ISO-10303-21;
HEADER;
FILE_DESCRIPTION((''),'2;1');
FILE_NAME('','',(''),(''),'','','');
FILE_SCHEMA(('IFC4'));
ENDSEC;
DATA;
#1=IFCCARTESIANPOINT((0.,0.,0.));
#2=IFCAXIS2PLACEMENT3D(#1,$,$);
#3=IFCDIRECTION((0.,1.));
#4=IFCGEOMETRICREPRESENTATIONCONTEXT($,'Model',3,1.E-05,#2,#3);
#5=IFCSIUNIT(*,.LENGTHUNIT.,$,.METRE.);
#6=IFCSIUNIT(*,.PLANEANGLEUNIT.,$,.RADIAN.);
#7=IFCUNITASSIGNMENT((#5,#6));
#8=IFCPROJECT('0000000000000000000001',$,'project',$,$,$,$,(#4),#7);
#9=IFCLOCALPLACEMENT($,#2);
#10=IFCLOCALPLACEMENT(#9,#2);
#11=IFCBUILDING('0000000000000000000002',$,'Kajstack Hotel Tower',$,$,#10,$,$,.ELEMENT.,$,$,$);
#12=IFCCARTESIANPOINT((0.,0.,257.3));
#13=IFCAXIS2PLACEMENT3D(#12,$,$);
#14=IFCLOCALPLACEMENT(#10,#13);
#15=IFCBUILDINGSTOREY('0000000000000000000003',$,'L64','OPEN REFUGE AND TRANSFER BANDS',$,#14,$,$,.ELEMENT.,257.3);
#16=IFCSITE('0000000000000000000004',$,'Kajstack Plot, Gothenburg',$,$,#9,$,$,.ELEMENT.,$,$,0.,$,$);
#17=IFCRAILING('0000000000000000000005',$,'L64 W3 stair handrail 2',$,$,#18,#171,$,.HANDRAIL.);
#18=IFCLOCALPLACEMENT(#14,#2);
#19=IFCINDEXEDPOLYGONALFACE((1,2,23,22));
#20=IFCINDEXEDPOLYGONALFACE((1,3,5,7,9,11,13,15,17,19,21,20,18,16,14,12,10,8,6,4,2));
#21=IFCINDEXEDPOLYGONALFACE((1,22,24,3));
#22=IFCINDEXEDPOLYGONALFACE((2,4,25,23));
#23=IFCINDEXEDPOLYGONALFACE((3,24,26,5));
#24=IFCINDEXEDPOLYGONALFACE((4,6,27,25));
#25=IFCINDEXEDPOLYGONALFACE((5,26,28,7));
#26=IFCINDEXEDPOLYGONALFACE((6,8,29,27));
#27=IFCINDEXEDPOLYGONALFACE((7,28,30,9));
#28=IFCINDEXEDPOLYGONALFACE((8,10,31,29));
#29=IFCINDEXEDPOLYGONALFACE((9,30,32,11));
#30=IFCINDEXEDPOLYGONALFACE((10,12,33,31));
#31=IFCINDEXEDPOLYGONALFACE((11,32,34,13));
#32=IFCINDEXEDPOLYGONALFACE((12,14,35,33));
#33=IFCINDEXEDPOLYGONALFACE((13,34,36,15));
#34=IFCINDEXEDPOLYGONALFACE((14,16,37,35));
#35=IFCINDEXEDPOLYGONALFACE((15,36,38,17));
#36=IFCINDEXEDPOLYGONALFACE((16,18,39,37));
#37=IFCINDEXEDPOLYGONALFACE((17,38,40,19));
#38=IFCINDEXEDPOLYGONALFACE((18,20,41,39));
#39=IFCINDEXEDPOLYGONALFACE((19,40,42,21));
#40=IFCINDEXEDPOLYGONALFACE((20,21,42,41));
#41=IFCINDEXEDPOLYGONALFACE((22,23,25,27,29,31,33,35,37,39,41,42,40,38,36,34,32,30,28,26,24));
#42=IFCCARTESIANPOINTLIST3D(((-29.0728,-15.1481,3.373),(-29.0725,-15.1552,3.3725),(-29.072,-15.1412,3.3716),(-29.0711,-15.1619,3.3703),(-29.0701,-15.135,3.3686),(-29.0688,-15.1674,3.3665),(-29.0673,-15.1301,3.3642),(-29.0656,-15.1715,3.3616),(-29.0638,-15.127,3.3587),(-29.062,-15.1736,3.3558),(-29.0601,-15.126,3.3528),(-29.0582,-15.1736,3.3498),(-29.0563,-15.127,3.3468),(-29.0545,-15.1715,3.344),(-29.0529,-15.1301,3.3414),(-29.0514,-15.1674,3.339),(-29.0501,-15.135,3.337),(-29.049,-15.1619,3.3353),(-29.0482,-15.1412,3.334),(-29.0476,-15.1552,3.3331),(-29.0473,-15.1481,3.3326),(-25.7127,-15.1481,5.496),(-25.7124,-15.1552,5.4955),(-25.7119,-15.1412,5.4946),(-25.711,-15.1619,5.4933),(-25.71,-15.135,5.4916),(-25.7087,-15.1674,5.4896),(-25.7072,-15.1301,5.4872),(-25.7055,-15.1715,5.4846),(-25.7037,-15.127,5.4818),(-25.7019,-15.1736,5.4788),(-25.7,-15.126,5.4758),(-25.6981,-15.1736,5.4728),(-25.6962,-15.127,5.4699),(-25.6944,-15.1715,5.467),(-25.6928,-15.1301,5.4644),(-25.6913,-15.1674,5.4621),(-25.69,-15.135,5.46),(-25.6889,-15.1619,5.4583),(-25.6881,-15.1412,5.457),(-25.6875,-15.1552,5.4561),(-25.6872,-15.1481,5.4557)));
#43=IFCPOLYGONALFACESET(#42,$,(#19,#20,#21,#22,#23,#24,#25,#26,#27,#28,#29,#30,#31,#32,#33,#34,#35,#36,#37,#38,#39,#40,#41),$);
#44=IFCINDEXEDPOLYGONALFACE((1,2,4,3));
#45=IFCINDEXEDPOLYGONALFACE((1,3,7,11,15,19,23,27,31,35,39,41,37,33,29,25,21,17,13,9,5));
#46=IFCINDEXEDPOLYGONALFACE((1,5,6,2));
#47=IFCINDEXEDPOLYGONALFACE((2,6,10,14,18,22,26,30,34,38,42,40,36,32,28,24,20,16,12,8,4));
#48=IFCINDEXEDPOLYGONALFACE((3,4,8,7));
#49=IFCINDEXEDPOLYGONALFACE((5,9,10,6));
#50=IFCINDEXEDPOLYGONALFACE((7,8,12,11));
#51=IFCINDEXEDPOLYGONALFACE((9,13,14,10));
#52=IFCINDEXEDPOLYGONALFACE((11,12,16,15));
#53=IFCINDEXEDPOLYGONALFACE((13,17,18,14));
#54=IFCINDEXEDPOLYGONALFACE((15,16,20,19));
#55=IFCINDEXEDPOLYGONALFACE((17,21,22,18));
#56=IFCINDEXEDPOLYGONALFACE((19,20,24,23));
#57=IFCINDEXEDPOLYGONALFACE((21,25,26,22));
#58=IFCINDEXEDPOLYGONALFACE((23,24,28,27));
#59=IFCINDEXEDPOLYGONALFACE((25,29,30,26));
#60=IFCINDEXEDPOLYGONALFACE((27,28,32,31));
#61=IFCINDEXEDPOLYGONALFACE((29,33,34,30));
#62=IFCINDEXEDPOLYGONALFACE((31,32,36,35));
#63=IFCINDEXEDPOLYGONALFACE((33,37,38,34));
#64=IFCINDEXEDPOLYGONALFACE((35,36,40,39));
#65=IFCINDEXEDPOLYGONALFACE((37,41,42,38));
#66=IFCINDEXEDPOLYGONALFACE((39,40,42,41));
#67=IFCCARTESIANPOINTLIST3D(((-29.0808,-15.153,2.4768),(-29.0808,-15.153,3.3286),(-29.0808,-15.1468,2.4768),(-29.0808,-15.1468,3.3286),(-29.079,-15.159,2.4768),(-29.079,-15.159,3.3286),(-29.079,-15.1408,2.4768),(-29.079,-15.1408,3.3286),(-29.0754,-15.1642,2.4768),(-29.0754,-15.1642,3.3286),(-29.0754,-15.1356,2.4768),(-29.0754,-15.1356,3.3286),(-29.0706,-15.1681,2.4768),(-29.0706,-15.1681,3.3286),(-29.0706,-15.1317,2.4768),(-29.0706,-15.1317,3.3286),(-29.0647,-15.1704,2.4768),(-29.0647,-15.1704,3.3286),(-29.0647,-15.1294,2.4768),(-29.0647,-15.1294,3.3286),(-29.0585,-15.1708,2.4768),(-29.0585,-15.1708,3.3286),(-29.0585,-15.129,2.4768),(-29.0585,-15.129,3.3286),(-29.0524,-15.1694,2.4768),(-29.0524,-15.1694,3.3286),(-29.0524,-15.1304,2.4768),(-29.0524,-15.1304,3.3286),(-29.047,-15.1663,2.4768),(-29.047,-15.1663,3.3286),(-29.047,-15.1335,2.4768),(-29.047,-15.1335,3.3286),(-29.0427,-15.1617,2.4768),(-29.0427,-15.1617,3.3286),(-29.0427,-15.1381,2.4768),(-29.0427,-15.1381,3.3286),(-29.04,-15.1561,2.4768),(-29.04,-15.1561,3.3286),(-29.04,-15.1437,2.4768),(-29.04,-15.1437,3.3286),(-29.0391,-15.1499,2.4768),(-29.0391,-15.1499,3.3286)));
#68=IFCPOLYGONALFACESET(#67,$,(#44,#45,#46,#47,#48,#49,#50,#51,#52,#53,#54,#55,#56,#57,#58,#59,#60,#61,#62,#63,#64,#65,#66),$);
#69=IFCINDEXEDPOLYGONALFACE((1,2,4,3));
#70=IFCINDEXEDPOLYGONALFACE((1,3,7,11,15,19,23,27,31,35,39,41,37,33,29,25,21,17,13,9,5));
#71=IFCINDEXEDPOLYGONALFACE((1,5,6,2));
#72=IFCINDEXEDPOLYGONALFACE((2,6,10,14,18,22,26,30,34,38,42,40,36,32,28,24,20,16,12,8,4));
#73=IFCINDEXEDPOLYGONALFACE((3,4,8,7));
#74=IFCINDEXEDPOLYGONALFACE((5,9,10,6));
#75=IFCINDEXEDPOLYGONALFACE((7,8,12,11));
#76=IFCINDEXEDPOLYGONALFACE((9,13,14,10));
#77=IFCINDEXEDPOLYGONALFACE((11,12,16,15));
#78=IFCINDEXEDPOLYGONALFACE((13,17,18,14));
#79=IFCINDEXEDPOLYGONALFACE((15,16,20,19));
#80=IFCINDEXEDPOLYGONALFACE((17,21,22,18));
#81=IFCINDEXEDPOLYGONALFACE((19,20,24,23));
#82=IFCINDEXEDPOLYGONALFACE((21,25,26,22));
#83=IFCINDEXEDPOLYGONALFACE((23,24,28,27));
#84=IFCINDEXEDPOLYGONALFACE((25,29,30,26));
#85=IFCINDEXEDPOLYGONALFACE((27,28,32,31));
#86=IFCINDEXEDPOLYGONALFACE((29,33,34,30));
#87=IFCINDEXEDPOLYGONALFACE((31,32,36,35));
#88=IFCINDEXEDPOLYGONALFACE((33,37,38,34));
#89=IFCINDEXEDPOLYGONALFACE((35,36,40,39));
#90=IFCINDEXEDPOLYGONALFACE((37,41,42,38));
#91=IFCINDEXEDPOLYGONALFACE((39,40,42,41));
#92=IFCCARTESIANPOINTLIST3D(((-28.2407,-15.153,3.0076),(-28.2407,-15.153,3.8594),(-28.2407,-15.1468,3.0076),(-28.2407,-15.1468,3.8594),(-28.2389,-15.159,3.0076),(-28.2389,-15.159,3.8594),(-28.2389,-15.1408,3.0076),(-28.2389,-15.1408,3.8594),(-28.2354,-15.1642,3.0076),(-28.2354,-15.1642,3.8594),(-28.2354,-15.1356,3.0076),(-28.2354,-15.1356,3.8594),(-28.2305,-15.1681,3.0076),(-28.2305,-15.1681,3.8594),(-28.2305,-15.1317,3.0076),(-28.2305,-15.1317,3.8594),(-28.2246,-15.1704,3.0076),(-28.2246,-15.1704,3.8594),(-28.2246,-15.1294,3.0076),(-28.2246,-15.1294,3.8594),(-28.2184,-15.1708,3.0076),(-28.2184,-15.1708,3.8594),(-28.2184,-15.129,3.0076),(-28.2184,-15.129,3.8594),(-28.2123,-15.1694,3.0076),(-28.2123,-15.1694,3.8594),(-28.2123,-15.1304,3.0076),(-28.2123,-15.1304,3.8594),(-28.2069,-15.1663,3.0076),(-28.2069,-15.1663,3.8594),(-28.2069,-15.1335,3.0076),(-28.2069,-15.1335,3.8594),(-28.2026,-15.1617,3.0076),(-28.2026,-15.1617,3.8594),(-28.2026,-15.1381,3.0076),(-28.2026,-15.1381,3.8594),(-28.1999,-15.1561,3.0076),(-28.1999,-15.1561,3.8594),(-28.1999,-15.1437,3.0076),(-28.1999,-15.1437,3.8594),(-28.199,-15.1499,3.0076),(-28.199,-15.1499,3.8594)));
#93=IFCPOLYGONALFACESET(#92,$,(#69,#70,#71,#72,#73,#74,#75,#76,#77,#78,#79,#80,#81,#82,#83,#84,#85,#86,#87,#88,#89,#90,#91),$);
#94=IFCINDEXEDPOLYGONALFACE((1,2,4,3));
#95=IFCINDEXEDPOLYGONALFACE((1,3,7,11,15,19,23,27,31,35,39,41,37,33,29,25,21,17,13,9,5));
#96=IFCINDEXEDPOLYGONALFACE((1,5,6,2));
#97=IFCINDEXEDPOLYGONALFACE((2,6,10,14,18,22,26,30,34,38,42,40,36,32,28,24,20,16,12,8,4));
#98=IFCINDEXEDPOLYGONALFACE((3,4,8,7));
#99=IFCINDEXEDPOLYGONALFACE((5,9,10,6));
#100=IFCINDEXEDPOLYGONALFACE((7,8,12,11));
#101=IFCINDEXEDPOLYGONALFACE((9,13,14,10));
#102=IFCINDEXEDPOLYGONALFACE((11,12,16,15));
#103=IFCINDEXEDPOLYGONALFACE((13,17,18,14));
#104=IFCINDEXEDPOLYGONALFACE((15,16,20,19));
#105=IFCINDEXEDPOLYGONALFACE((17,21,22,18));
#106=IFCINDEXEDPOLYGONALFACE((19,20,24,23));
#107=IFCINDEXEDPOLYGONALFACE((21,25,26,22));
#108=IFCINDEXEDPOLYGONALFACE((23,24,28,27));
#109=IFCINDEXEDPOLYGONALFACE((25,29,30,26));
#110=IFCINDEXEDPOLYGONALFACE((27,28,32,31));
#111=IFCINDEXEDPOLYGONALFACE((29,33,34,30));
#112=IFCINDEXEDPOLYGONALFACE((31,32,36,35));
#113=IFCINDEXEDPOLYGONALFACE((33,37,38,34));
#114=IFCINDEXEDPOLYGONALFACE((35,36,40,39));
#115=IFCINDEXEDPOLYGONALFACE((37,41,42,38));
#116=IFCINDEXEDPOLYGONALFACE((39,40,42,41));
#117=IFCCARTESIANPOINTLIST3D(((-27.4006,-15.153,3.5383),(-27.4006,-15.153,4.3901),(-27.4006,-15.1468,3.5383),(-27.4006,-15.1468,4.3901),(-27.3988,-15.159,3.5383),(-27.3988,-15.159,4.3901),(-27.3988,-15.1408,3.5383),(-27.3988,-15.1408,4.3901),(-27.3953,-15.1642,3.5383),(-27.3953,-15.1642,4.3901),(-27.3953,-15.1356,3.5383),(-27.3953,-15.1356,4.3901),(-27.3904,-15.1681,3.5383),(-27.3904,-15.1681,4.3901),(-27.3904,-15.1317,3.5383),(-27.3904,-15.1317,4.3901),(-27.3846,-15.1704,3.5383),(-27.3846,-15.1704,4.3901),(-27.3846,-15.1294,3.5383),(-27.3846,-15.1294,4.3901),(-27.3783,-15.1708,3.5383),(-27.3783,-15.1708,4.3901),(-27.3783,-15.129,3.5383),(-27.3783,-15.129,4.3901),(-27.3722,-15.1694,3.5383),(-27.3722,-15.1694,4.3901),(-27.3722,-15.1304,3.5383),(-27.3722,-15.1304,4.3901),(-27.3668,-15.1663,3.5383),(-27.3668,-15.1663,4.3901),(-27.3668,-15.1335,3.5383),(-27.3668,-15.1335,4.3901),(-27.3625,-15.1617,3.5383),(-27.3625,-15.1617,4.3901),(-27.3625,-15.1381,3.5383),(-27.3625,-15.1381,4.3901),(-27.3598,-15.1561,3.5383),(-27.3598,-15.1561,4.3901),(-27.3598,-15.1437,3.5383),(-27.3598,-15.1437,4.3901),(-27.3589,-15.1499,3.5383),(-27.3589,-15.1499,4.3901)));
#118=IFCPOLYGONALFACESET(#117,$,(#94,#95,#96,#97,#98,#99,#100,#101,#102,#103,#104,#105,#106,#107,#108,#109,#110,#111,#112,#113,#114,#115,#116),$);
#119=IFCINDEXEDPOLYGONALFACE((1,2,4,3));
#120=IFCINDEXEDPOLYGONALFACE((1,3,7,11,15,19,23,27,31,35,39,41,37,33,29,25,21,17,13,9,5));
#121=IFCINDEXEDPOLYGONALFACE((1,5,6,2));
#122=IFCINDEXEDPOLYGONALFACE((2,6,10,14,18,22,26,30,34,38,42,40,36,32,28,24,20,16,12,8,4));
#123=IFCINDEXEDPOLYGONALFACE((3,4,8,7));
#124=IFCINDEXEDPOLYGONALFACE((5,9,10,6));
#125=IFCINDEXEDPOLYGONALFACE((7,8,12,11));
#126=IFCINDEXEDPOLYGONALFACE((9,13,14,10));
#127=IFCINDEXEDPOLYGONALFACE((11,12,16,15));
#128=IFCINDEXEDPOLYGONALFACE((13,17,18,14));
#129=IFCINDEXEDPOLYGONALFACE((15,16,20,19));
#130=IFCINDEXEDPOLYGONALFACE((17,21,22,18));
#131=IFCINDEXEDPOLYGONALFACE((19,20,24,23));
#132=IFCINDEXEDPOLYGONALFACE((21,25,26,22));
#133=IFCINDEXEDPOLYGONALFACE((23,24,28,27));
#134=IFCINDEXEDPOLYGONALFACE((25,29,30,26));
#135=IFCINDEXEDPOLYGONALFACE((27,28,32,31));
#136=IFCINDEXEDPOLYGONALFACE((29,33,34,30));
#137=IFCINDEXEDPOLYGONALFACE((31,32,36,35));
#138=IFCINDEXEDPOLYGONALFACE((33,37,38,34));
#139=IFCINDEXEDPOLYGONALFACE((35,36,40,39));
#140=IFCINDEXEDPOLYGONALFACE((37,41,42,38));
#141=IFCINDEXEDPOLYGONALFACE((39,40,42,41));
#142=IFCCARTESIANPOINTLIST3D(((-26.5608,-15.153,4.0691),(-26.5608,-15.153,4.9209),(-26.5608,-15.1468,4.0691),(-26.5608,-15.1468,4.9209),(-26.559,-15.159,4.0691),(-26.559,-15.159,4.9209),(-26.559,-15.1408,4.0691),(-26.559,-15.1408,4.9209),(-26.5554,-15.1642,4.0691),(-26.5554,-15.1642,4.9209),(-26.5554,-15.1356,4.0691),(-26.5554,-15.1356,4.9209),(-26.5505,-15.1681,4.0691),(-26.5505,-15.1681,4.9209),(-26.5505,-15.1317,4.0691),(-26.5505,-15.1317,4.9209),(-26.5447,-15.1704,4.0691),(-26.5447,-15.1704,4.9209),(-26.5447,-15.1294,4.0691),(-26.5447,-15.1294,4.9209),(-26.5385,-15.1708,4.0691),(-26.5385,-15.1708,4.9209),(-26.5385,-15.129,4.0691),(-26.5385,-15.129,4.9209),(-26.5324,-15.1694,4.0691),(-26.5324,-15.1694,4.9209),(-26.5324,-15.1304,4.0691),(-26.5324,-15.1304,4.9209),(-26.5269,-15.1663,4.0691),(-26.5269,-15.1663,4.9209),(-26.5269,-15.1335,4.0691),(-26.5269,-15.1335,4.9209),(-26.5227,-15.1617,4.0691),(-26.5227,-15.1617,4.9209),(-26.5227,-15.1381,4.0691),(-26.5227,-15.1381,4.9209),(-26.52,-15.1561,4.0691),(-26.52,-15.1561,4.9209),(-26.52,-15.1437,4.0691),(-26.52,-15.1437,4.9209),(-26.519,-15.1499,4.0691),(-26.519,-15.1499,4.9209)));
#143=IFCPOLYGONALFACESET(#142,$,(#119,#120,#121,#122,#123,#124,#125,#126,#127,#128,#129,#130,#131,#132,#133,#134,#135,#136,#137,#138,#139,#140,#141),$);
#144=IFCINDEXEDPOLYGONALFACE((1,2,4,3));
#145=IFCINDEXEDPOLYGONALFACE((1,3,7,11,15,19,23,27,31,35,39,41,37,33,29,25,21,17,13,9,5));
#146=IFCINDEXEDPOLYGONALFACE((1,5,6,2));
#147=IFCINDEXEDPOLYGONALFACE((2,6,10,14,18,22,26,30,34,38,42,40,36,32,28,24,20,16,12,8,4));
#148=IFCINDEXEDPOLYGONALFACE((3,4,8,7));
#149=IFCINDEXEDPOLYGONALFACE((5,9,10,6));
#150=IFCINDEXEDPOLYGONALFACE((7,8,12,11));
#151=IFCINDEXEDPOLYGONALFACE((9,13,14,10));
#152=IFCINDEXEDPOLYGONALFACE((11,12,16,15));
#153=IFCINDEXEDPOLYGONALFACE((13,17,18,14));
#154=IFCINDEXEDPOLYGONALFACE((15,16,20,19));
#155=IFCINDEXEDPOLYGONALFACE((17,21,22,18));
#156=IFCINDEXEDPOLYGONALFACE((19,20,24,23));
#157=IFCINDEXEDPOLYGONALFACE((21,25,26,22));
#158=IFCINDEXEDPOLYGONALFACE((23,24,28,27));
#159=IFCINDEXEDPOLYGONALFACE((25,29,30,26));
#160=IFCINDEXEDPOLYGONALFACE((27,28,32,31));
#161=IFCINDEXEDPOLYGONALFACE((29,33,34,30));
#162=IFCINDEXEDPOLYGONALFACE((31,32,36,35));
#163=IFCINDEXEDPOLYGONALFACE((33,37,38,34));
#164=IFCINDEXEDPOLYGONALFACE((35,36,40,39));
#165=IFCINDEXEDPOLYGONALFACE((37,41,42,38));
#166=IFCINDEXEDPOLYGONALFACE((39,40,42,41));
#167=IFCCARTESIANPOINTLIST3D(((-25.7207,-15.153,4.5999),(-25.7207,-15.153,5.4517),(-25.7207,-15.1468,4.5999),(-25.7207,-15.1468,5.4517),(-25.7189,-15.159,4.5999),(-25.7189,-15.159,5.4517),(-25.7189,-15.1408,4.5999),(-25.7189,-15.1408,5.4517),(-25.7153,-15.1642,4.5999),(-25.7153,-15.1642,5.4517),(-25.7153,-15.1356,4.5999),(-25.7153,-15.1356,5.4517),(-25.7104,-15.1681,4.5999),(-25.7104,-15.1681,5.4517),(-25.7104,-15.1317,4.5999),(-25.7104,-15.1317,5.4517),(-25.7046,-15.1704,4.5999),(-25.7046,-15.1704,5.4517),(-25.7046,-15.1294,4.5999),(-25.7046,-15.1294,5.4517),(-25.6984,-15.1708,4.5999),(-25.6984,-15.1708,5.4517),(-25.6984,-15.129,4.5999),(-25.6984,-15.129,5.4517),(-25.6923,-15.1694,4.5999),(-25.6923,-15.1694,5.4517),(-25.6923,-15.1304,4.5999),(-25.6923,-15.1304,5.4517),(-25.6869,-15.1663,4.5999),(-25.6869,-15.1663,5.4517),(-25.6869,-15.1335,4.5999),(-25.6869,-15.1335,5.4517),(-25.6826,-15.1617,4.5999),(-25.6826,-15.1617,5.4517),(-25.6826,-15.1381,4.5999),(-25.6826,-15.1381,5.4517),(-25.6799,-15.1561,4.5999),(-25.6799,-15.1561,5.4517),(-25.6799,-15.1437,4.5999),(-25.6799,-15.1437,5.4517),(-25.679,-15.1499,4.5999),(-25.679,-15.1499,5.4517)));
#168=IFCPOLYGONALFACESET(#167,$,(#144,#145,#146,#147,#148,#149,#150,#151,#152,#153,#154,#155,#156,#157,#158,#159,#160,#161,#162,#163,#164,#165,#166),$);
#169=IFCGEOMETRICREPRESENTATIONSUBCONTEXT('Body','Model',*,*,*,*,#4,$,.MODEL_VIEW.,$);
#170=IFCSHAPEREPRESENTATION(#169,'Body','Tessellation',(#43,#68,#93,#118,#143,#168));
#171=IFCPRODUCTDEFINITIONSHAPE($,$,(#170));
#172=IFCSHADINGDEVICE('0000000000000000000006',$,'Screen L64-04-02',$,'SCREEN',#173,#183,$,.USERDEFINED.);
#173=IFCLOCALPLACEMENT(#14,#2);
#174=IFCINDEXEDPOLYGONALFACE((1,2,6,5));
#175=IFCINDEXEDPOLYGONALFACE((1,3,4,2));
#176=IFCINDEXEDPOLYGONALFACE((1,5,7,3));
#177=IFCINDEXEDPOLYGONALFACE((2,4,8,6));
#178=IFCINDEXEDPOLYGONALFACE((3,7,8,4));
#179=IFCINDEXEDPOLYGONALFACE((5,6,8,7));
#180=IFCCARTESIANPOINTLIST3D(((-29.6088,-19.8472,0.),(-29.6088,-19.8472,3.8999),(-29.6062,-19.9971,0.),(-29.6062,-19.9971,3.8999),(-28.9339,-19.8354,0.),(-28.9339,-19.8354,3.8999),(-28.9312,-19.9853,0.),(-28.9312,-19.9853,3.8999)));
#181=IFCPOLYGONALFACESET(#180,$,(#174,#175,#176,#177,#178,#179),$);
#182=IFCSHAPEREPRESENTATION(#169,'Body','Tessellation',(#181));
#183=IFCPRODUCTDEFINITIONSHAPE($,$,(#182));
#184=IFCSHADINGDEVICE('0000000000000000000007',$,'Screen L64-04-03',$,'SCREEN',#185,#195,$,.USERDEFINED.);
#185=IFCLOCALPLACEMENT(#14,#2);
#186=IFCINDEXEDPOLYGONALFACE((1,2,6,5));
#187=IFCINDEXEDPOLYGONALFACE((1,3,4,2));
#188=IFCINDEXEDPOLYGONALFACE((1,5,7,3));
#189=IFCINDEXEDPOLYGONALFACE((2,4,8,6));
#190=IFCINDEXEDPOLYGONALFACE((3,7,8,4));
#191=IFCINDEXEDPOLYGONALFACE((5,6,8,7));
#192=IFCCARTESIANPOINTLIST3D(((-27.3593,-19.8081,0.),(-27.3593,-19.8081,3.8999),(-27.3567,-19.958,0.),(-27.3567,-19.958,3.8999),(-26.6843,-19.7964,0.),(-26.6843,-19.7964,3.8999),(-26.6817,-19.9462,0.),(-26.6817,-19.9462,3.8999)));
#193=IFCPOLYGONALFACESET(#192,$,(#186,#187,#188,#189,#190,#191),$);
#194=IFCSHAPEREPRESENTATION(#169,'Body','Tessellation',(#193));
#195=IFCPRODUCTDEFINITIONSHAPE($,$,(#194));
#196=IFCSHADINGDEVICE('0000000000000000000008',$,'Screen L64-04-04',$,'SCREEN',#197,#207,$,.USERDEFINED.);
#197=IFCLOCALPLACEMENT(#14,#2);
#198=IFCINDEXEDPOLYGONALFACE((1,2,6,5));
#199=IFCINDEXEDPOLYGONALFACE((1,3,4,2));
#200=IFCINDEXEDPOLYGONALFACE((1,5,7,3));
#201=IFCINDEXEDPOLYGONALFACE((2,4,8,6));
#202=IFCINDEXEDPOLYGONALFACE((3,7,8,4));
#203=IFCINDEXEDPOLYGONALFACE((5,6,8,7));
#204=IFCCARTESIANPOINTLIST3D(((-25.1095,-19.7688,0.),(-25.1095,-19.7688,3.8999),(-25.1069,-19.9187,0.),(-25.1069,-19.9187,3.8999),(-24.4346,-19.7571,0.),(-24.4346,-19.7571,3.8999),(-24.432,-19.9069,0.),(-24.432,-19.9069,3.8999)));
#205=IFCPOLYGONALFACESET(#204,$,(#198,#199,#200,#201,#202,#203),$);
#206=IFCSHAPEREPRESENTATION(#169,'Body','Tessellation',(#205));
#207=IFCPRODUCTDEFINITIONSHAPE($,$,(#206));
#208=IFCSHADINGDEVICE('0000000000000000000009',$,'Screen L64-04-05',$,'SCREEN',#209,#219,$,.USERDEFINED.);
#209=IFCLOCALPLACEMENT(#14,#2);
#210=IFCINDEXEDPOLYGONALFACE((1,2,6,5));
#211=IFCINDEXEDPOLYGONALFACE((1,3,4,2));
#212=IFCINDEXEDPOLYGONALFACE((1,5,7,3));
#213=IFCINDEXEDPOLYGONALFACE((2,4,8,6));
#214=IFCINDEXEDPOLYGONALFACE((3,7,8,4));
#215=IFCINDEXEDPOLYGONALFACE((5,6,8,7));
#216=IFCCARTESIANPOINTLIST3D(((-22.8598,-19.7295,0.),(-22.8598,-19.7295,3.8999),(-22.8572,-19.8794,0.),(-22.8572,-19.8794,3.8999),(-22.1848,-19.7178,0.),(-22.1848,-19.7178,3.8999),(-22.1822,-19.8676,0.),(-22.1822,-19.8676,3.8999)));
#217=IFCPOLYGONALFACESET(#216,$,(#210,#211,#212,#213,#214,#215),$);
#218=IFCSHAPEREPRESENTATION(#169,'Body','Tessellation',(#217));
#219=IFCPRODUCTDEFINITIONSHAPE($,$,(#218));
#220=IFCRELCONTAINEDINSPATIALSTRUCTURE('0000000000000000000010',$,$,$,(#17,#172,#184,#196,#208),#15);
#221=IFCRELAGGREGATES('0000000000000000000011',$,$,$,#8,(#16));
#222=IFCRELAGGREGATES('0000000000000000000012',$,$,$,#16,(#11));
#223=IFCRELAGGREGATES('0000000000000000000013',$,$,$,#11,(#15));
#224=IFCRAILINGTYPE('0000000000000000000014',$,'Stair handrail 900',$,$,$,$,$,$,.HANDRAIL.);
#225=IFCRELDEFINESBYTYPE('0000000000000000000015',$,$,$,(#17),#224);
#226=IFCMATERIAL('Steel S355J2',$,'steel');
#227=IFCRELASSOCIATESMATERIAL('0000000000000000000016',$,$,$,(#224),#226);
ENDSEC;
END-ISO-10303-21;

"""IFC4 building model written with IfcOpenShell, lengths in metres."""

from ifc_helpers import new_model, si_unit, direction, frame, origin, origin_2d, place, context, subcontext, project, spatial, rectangle, circle, extrude, material, type_object, element, save


model = new_model("IFC4")

# Units and contexts
model_context = context("Model", 3, precision=1e-05, world=origin(), true_north=direction((0.0, 1.0)))
body_context = subcontext(model_context, "Body", "Model", "MODEL_VIEW")
ifc_project = project(units=[si_unit("LENGTHUNIT", "METRE"), si_unit("PLANEANGLEUNIT", "RADIAN")], contexts=[model_context])

# Site, building, storey
site_placement = place(None, origin())
site = spatial("IfcSite", under=ifc_project, at=site_placement, Name="Kajstack Plot, Gothenburg", CompositionType="ELEMENT", RefElevation=0.0)
building_placement = place(site_placement, origin())
building = spatial("IfcBuilding", under=site, at=building_placement, Name="Kajstack Hotel Tower", CompositionType="ELEMENT")
storey_placement = place(building_placement, frame((0.0, 0.0, 257.3)))
storey = spatial("IfcBuildingStorey", under=building, at=storey_placement, Name="L64", Description="OPEN REFUGE AND TRANSFER BANDS", CompositionType="ELEMENT", Elevation=257.3)

# Railing
ifc_material_1 = material(Name="Steel S355J2", Category="steel")
railing_type_1 = type_object("IfcRailingType", Name="Stair handrail 900", PredefinedType="HANDRAIL", material=ifc_material_1)
railing_1_placement = place(storey_placement, frame((-29.0601, -15.1499, 2.4768)))
element("IfcRailing", 1, at=railing_1_placement, inside=storey, type_object=railing_type_1, Name="L64 W3 stair handrail 2", PredefinedType="HANDRAIL", context=body_context, shape_type="SweptSolid", body=[
    extrude(circle(Radius=0.0239, at=origin_2d()), frame((0.0, 0.0, 0.876), z_axis=(0.84539, 0.0, 0.53415), x_axis=(0.0, 1.0, 0.0)), (0.0, 0.0, 1.0), 3.9746),
    extrude(circle(Radius=0.021, at=origin_2d()), origin(), (0.0, 0.0, 1.0), 0.8518),
    extrude(circle(Radius=0.021, at=origin_2d()), frame((0.8401, 0.0, 0.5308)), (0.0, 0.0, 1.0), 0.8518),
    extrude(circle(Radius=0.021, at=origin_2d()), frame((1.6802, 0.0, 1.0615)), (0.0, 0.0, 1.0), 0.8518),
    extrude(circle(Radius=0.021, at=origin_2d()), frame((2.52, 0.0, 1.5923)), (0.0, 0.0, 1.0), 0.8518),
    extrude(circle(Radius=0.021, at=origin_2d()), frame((3.3601, 0.0, 2.123)), (0.0, 0.0, 1.0), 0.8518),
])

# Shading devices
for number, where, z_axis, x_axis, name in (
    (2, (-29.27, -19.9163, 0.0), (0.0, 0.0, 1.0), (0.999848, 0.017453, 0.0), "Screen L64-04-02"),
    (3, (-27.0205, -19.8772, 0.0), (0.0, 0.0, 1.0), (0.999848, 0.017453, 0.0), "Screen L64-04-03"),
    (4, (-24.7708, -19.8379, 0.0), (0.0, 0.0, 1.0), (0.999848, 0.017453, 0.0), "Screen L64-04-04"),
    (5, (-22.521, -19.7986, 0.0), (0.0, 0.0, 1.0), (0.999848, 0.017453, 0.0), "Screen L64-04-05"),
):
    element("IfcShadingDevice", number, at=place(storey_placement, frame(where, z_axis=z_axis, x_axis=x_axis)), inside=storey, Name=name, ObjectType="SCREEN", PredefinedType="USERDEFINED", context=body_context, shape_type="SweptSolid", body=[
        extrude(rectangle(XDim=0.675, YDim=0.1499, at=origin_2d()), origin(), (0.0, 0.0, 1.0), 3.8999),
    ])

save(model, "model.ifc")
